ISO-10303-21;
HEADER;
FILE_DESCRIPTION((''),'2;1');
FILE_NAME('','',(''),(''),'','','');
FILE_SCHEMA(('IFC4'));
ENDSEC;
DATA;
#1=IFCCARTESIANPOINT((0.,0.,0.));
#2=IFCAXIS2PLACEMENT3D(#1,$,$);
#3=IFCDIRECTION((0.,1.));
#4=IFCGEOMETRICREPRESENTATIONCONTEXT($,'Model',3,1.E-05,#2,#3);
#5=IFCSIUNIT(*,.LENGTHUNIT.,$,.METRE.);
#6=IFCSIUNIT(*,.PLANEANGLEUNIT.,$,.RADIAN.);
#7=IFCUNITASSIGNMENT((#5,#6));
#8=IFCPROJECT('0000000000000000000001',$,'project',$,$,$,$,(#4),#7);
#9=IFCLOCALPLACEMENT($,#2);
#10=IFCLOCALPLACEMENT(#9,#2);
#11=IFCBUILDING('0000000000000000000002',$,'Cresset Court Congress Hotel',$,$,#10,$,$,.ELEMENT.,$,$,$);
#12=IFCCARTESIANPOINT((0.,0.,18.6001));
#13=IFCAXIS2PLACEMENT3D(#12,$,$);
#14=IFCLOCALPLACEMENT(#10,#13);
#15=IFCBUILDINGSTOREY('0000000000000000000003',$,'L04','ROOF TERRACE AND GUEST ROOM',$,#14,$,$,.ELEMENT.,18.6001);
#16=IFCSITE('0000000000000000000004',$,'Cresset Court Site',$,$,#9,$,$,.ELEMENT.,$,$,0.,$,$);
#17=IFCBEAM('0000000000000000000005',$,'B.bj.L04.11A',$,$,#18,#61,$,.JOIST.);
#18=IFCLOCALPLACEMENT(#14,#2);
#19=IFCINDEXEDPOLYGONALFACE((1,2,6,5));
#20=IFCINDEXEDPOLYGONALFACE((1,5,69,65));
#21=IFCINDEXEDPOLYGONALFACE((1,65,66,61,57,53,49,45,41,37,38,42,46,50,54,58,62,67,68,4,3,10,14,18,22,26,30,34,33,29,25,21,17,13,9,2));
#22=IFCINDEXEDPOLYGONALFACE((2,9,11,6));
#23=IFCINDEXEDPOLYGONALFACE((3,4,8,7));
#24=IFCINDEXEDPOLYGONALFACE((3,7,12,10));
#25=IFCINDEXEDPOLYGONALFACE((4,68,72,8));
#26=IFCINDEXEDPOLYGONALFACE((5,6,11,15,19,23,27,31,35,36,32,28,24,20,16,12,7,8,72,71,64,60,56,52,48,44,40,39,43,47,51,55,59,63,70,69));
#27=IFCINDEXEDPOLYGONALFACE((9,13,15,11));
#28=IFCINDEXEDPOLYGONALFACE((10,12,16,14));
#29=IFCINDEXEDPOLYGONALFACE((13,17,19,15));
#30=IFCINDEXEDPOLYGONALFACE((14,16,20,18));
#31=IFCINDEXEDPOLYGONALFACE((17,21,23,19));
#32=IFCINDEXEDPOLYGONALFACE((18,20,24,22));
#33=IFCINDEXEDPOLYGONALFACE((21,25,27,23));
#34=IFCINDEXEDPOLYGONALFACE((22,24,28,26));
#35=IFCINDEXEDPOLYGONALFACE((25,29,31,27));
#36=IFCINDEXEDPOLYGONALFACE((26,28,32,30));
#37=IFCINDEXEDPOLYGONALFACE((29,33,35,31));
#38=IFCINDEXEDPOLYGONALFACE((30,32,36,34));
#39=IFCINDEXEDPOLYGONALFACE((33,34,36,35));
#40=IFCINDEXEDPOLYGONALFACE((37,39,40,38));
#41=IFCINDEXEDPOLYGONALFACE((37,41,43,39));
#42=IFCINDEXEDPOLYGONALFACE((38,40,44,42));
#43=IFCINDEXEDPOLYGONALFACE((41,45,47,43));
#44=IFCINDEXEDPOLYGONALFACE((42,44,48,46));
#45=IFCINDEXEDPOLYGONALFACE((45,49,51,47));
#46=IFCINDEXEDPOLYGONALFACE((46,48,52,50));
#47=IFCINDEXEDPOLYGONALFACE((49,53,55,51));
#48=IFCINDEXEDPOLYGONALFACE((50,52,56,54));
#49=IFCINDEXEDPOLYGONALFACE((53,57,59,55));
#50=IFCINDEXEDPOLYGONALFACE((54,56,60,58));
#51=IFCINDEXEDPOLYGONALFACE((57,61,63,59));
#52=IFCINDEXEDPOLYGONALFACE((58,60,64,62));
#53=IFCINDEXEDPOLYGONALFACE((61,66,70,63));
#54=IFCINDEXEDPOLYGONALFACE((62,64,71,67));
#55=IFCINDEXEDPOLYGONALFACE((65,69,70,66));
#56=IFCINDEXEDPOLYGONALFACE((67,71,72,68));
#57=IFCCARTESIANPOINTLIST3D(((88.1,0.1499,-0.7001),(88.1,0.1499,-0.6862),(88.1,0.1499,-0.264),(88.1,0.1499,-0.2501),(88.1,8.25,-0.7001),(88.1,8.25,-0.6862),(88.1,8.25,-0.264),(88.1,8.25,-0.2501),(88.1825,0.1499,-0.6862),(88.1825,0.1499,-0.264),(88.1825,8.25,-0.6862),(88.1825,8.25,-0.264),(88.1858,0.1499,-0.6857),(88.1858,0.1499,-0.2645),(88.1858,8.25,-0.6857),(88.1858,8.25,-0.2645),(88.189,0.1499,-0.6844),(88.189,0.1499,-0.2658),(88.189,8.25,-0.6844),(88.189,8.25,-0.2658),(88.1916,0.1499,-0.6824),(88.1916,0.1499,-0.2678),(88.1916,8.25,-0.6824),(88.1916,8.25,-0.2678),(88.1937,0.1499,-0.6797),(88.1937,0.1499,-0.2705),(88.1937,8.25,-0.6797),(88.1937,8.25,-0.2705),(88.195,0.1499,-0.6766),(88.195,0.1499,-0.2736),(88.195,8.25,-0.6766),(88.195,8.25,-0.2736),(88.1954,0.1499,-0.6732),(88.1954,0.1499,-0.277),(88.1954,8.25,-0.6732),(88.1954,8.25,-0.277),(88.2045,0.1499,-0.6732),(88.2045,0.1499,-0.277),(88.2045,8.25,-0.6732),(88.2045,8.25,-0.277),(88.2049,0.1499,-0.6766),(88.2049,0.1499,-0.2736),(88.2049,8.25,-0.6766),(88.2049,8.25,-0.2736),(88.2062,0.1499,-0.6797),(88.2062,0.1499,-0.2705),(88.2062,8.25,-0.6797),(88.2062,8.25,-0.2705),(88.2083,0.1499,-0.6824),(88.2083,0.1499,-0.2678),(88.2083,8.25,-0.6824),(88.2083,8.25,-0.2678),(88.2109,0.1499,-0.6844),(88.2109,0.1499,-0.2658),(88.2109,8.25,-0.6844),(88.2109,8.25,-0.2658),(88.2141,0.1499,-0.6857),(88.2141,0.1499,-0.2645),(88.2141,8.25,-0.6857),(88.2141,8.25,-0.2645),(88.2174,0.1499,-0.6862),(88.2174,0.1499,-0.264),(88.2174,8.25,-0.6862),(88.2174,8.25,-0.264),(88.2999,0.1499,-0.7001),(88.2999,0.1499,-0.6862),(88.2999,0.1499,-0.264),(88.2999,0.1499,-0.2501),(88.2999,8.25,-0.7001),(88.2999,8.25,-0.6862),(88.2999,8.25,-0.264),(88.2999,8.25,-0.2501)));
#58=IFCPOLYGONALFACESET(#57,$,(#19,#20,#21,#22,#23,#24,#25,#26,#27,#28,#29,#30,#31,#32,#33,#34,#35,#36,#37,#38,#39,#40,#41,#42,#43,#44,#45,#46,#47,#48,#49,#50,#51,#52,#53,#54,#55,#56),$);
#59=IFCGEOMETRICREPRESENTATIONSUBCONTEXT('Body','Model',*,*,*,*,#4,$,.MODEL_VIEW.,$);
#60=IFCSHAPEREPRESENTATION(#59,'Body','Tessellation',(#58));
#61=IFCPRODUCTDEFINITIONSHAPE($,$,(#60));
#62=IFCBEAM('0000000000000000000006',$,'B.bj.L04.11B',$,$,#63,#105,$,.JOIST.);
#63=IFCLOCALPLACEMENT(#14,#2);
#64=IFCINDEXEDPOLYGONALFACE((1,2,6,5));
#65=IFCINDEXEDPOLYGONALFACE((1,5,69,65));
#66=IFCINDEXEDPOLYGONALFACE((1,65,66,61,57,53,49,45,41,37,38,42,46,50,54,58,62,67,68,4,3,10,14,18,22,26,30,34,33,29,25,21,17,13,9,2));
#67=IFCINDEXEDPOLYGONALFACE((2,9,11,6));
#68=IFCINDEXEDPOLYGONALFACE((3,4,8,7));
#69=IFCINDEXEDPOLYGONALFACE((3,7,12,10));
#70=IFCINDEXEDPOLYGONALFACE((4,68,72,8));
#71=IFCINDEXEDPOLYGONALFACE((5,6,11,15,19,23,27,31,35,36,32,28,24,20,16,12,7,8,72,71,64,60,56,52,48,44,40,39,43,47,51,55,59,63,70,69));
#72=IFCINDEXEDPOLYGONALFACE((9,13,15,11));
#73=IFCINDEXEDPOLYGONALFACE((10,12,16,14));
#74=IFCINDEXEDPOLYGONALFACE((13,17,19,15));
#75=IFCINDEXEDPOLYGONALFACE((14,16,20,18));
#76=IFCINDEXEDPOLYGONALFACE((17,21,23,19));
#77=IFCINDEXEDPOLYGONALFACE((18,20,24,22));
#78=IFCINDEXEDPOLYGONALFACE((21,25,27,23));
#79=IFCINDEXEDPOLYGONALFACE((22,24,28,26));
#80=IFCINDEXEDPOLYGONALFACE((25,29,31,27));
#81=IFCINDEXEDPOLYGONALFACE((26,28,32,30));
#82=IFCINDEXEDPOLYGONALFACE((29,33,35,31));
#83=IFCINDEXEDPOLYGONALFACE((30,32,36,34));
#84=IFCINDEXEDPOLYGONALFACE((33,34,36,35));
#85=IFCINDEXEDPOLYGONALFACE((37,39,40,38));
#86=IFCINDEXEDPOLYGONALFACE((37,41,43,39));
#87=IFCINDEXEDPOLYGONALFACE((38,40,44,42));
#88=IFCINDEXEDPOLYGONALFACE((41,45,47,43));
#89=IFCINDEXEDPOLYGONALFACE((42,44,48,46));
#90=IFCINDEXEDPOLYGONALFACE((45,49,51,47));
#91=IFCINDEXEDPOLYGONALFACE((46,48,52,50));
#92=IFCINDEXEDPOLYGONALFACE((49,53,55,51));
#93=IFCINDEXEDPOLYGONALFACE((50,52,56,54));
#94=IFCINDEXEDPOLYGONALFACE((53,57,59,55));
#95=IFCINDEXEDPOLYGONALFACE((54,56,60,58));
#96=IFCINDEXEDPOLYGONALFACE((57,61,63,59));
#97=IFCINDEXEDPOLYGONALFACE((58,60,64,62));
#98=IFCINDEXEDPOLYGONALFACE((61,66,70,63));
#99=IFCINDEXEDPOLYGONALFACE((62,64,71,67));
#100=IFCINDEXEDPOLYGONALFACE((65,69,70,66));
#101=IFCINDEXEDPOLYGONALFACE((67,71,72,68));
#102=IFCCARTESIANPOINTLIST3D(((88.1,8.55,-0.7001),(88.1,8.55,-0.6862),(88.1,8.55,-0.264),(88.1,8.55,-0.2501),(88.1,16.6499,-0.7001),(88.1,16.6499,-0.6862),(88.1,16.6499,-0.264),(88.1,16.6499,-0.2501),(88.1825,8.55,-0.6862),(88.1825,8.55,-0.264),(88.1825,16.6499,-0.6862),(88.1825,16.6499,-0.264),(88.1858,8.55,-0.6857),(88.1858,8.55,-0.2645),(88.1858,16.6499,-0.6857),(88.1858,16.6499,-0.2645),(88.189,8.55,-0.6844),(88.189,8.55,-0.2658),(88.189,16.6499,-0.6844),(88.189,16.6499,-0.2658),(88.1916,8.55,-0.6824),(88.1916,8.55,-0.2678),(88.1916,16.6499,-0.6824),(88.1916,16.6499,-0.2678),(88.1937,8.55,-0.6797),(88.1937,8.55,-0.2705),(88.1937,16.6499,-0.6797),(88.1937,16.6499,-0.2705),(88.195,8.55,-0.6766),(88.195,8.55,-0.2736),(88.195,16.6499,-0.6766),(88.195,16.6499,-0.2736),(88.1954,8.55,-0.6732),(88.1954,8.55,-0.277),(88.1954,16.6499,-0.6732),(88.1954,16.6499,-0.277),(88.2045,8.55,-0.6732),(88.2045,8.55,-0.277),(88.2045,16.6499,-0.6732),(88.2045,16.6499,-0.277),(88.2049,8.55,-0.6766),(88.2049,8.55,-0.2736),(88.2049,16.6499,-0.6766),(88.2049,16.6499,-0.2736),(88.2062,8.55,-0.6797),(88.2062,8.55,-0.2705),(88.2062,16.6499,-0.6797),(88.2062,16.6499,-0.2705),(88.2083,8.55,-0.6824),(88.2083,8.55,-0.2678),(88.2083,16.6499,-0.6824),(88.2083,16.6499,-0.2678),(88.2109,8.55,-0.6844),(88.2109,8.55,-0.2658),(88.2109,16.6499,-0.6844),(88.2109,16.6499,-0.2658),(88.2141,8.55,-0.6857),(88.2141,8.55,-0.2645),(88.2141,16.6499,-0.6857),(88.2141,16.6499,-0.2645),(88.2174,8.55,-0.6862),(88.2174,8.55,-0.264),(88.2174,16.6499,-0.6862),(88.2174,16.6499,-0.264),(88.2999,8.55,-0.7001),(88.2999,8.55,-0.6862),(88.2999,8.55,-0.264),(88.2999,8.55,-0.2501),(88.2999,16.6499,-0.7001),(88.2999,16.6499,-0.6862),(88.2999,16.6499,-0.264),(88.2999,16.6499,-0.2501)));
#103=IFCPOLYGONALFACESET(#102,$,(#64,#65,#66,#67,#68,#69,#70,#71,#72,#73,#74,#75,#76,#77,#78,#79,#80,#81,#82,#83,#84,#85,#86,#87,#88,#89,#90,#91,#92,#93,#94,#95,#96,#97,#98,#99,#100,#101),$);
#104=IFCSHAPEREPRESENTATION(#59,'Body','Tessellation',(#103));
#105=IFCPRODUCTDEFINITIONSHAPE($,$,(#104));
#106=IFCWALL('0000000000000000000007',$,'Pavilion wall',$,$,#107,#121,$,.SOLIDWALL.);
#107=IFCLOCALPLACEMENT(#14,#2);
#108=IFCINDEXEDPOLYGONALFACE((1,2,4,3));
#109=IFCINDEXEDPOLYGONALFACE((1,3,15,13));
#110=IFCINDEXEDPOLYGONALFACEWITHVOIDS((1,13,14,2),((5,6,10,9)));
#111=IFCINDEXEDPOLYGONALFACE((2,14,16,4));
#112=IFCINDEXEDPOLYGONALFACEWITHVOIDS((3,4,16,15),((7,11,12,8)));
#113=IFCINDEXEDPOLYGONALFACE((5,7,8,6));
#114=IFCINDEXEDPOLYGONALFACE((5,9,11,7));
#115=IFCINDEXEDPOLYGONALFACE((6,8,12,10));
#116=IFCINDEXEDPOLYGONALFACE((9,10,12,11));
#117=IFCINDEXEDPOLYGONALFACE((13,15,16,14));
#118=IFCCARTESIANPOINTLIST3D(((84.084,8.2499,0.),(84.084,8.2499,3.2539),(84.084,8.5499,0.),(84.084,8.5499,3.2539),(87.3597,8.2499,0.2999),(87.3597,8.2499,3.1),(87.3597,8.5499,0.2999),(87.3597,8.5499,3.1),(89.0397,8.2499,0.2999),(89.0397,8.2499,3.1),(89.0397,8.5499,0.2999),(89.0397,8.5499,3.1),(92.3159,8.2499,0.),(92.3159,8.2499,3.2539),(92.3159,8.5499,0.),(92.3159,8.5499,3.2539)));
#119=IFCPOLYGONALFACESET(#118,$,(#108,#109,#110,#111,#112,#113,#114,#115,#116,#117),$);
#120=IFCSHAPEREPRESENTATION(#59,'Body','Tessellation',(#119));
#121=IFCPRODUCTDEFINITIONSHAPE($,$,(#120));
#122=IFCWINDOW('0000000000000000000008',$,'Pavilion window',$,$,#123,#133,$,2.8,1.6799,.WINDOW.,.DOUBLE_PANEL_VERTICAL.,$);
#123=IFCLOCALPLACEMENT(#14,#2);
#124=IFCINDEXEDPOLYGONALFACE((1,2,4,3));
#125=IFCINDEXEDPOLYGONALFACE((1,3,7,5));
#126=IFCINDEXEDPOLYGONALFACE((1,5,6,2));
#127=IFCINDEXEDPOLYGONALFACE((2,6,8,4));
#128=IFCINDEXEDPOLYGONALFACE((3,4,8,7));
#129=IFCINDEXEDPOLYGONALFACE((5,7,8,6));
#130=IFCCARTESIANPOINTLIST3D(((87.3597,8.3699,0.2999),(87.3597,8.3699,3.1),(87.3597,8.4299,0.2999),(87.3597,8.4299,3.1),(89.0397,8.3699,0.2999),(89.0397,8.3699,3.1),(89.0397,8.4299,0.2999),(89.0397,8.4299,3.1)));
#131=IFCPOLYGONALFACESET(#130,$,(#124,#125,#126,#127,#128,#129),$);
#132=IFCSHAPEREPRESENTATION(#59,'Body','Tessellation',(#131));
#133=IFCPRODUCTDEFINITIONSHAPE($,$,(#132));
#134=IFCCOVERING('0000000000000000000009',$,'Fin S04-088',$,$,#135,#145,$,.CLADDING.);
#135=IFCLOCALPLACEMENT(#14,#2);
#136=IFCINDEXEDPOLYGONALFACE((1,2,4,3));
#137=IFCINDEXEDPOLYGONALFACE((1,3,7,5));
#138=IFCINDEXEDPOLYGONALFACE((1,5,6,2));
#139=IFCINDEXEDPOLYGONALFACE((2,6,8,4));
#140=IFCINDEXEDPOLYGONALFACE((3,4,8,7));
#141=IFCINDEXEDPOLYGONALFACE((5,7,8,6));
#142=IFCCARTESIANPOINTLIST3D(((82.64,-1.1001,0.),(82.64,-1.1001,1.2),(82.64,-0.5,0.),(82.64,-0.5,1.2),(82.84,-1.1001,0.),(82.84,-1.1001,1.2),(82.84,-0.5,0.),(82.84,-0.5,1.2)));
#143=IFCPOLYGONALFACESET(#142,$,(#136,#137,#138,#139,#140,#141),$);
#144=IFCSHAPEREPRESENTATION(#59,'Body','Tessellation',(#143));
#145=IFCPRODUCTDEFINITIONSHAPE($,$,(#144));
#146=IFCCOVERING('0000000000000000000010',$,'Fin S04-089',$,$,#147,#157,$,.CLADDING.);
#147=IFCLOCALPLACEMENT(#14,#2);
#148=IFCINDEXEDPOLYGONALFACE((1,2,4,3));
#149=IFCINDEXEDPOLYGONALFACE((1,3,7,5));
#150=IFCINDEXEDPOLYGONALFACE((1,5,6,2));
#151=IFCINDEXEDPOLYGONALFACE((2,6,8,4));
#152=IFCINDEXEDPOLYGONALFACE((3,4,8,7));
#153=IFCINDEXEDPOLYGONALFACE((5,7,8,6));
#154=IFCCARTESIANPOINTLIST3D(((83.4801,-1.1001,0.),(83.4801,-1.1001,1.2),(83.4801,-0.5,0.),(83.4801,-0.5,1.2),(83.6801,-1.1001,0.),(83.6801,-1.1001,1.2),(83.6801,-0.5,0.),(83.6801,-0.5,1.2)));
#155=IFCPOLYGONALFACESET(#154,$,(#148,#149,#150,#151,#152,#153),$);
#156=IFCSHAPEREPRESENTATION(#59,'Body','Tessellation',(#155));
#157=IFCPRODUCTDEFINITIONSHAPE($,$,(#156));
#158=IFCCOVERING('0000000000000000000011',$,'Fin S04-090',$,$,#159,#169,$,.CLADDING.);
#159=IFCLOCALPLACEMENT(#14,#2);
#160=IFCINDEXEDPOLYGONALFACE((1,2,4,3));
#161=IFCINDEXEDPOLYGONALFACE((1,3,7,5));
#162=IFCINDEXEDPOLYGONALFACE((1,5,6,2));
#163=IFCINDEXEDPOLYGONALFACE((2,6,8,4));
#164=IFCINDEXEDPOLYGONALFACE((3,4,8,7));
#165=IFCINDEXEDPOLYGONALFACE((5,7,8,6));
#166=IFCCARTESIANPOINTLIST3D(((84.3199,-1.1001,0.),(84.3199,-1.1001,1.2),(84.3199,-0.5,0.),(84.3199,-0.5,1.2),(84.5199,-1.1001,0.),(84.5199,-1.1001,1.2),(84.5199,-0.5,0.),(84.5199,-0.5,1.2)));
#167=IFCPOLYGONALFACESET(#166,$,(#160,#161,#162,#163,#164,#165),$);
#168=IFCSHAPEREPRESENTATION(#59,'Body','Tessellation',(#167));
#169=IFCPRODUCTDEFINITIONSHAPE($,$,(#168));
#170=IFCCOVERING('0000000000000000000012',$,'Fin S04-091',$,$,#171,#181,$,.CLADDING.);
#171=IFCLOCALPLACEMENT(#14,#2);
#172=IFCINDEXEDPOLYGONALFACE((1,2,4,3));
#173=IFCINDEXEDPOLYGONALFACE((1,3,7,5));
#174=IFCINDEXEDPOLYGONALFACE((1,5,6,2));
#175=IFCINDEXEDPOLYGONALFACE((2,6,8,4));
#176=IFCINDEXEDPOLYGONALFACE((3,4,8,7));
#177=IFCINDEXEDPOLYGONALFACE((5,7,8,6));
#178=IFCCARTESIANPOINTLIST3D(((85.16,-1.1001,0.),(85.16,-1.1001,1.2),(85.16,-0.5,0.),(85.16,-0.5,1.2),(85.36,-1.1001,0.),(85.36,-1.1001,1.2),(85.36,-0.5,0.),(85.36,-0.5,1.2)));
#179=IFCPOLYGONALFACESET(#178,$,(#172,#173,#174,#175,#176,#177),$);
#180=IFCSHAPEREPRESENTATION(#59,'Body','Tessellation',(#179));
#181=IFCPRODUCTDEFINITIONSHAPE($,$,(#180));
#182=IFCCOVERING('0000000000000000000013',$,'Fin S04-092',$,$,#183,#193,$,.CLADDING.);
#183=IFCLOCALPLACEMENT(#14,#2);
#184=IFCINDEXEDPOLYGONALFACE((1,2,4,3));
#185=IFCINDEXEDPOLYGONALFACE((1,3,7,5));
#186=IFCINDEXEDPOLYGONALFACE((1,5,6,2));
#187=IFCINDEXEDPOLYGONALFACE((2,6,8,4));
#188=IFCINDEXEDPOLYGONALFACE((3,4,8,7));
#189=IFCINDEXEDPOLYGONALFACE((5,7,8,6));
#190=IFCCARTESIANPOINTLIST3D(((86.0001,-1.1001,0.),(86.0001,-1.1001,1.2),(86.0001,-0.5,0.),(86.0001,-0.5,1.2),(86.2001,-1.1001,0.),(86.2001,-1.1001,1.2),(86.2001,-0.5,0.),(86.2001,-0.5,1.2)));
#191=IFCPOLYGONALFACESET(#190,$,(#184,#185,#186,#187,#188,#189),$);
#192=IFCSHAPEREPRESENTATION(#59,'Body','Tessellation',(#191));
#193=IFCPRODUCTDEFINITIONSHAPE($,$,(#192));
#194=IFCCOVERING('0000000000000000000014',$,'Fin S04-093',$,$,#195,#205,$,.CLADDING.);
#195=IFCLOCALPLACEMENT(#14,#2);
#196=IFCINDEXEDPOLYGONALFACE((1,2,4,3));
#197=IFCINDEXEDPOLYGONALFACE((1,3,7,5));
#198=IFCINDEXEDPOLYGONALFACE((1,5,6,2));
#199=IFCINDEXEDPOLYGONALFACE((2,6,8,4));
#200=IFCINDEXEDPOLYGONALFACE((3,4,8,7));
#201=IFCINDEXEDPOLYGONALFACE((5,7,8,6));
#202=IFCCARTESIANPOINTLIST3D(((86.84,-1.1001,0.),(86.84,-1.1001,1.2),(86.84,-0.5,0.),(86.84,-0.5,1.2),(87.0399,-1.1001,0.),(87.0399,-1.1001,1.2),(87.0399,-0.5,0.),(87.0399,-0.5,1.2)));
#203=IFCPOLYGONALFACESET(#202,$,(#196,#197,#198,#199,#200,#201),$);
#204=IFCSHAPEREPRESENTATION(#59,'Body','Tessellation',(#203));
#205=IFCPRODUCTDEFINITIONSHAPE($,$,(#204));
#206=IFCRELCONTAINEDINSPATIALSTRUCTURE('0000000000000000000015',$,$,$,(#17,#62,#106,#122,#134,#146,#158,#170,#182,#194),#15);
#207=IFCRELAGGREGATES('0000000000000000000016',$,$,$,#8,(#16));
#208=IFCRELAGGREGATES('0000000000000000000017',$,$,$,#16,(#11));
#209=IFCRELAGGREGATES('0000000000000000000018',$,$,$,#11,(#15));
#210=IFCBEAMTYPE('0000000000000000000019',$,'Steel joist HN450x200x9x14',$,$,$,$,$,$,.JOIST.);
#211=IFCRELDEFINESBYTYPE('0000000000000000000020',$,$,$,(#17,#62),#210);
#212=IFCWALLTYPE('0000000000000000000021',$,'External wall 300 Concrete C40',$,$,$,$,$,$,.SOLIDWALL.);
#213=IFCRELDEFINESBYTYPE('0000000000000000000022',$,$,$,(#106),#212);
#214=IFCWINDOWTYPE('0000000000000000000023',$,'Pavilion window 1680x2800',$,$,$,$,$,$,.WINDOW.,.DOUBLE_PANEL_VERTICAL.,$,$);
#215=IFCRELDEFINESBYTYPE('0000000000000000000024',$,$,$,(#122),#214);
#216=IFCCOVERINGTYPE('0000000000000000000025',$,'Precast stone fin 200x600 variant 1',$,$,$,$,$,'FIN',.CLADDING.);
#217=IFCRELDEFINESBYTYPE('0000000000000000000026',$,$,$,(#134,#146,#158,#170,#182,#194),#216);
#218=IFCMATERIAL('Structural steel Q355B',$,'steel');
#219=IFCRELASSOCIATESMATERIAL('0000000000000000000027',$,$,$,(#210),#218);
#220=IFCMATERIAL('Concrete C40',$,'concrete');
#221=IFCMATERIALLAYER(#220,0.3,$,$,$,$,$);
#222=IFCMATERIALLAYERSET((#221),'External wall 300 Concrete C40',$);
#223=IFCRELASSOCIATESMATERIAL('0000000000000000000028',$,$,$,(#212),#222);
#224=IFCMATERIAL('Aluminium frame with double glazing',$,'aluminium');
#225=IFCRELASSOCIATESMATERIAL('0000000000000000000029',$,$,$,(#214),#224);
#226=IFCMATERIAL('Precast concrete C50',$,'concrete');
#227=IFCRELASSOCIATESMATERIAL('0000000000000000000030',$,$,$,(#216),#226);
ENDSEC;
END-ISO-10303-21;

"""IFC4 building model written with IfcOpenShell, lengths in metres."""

from ifc_helpers import new_model, si_unit, direction, frame, frame_2d, origin, origin_2d, place, context, subcontext, project, spatial, rectangle, i_section, extrude, material, layer, layer_set, material_profile, profile_set, type_object, element, fill, save


model = new_model("IFC4")

# Units and contexts
model_context = context("Model", 3, precision=1e-05, world=origin(), true_north=direction((0.0, 1.0)))
body_context = subcontext(model_context, "Body", "Model", "MODEL_VIEW")
ifc_project = project(units=[si_unit("LENGTHUNIT", "METRE"), si_unit("PLANEANGLEUNIT", "RADIAN")], contexts=[model_context])

# Site, building, storey
site_placement = place(None, origin())
site = spatial("IfcSite", under=ifc_project, at=site_placement, Name="Cresset Court Site", CompositionType="ELEMENT", RefElevation=0.0)
building_placement = place(site_placement, origin())
building = spatial("IfcBuilding", under=site, at=building_placement, Name="Cresset Court Congress Hotel", CompositionType="ELEMENT")
storey_placement = place(building_placement, frame((0.0, 0.0, 18.6001)))
storey = spatial("IfcBuildingStorey", under=building, at=storey_placement, Name="L04", Description="ROOF TERRACE AND GUEST ROOM", CompositionType="ELEMENT", Elevation=18.6001)

# Beams
ifc_material_1 = material(Name="Structural steel Q355B", Category="steel")
ifc_material_profile_1 = material_profile(ifc_material_1, i_section(OverallWidth=0.2, OverallDepth=0.45, WebThickness=0.009, FlangeThickness=0.0139, FilletRadius=0.0129, at=origin_2d()), Name="HN450x200x9x14")
ifc_profile_set_1 = profile_set([ifc_material_profile_1], Name="Structural steel Q355B")
beam_type_1 = type_object("IfcBeamType", Name="Steel joist HN450x200x9x14", PredefinedType="JOIST", material=ifc_profile_set_1)
beam_1_placement = place(storey_placement, frame((88.2, 0.1499, -0.4751), z_axis=(0.0, 1.0, 0.0), x_axis=(-1.0, 0.0, 0.0)))
element("IfcBeam", 1, at=beam_1_placement, inside=storey, type_object=beam_type_1, Name="B.bj.L04.11A", PredefinedType="JOIST", context=body_context, shape_type="SweptSolid", body=[
    extrude(i_section(OverallWidth=0.2, OverallDepth=0.45, WebThickness=0.009, FlangeThickness=0.0139, FilletRadius=0.0129, at=origin_2d()), origin(), (0.0, 0.0, 1.0), 8.1001),
])
beam_2_placement = place(storey_placement, frame((88.2, 8.55, -0.4751), z_axis=(0.0, 1.0, 0.0), x_axis=(-1.0, 0.0, 0.0)))
element("IfcBeam", 2, at=beam_2_placement, inside=storey, type_object=beam_type_1, Name="B.bj.L04.11B", PredefinedType="JOIST", context=body_context, shape_type="SweptSolid", body=[
    extrude(i_section(OverallWidth=0.2, OverallDepth=0.45, WebThickness=0.009, FlangeThickness=0.0139, FilletRadius=0.0129, at=origin_2d()), origin(), (0.0, 0.0, 1.0), 8.0999),
])

# Wall, opening, window
ifc_material_2 = material(Name="Concrete C40", Category="concrete")
ifc_layer_1 = layer(ifc_material_2, 0.3)
ifc_layer_set_1 = layer_set([ifc_layer_1], Name="External wall 300 Concrete C40")
wall_type = type_object("IfcWallType", Name="External wall 300 Concrete C40", PredefinedType="SOLIDWALL", material=ifc_layer_set_1)
wall_placement = place(storey_placement, frame((84.084, 8.3999, 0.0), z_axis=(0.0, 0.0, 1.0), x_axis=(1.0, 0.0, 0.0)))
wall = element("IfcWall", 3, at=wall_placement, inside=storey, type_object=wall_type, Name="Pavilion wall", PredefinedType="SOLIDWALL", context=body_context, shape_type="SweptSolid", body=[
    extrude(rectangle(XDim=8.2319, YDim=0.3, at=frame_2d((4.116, 0.0))), origin(), (0.0, 0.0, 1.0), 3.2539),
])
opening_placement = place(wall_placement, frame((3.2759, 0.0, 0.3)))
opening = element("IfcOpeningElement", 4, at=opening_placement, cuts=wall, PredefinedType="OPENING", context=body_context, shape_type="SweptSolid", body=[
    extrude(rectangle(XDim=1.6799, YDim=2.8, at=frame_2d((0.8398, 1.3999))), frame((0.0, 0.1599, 0.0), z_axis=(0.0, -1.0, 0.0), x_axis=(1.0, 0.0, 0.0)), (0.0, 0.0, 1.0), 0.3201),
])
ifc_material_3 = material(Name="Aluminium frame with double glazing", Category="aluminium")
window_type = type_object("IfcWindowType", Name="Pavilion window 1680x2800", PartitioningType="DOUBLE_PANEL_VERTICAL", PredefinedType="WINDOW", material=ifc_material_3)
window_placement = place(opening_placement, origin())
window = element("IfcWindow", 5, at=window_placement, inside=storey, type_object=window_type, Name="Pavilion window", OverallHeight=2.8, OverallWidth=1.6799, PartitioningType="DOUBLE_PANEL_VERTICAL", PredefinedType="WINDOW", context=body_context, shape_type="SweptSolid", body=[
    extrude(rectangle(XDim=1.6799, YDim=2.8, at=frame_2d((0.8398, 1.3999))), frame((0.0, 0.03, 0.0), z_axis=(0.0, -1.0, 0.0), x_axis=(1.0, 0.0, 0.0)), (0.0, 0.0, 1.0), 0.0601),
])
fill(opening, window)

# Coverings
ifc_material_4 = material(Name="Precast concrete C50", Category="concrete")
covering_type_1 = type_object("IfcCoveringType", Name="Precast stone fin 200x600 variant 1", ElementType="FIN", PredefinedType="CLADDING", material=ifc_material_4)
for number, where, z_axis, x_axis, name in (
    (6, (82.74, -0.8, 0.0), (0.0, 0.0, 1.0), (1.0, 0.0, 0.0), "Fin S04-088"),
    (7, (83.5801, -0.8, 0.0), (0.0, 0.0, 1.0), (1.0, 0.0, 0.0), "Fin S04-089"),
    (8, (84.4199, -0.8, 0.0), (0.0, 0.0, 1.0), (1.0, 0.0, 0.0), "Fin S04-090"),
    (9, (85.26, -0.8, 0.0), (0.0, 0.0, 1.0), (1.0, 0.0, 0.0), "Fin S04-091"),
    (10, (86.1001, -0.8, 0.0), (0.0, 0.0, 1.0), (1.0, 0.0, 0.0), "Fin S04-092"),
    (11, (86.9399, -0.8, 0.0), (0.0, 0.0, 1.0), (1.0, 0.0, 0.0), "Fin S04-093"),
):
    element("IfcCovering", number, at=place(storey_placement, frame(where, z_axis=z_axis, x_axis=x_axis)), inside=storey, type_object=covering_type_1, Name=name, PredefinedType="CLADDING", context=body_context, shape_type="SweptSolid", body=[
        extrude(rectangle(XDim=0.2, YDim=0.6001, at=origin_2d()), origin(), (0.0, 0.0, 1.0), 1.2),
    ])

save(model, "model.ifc")
